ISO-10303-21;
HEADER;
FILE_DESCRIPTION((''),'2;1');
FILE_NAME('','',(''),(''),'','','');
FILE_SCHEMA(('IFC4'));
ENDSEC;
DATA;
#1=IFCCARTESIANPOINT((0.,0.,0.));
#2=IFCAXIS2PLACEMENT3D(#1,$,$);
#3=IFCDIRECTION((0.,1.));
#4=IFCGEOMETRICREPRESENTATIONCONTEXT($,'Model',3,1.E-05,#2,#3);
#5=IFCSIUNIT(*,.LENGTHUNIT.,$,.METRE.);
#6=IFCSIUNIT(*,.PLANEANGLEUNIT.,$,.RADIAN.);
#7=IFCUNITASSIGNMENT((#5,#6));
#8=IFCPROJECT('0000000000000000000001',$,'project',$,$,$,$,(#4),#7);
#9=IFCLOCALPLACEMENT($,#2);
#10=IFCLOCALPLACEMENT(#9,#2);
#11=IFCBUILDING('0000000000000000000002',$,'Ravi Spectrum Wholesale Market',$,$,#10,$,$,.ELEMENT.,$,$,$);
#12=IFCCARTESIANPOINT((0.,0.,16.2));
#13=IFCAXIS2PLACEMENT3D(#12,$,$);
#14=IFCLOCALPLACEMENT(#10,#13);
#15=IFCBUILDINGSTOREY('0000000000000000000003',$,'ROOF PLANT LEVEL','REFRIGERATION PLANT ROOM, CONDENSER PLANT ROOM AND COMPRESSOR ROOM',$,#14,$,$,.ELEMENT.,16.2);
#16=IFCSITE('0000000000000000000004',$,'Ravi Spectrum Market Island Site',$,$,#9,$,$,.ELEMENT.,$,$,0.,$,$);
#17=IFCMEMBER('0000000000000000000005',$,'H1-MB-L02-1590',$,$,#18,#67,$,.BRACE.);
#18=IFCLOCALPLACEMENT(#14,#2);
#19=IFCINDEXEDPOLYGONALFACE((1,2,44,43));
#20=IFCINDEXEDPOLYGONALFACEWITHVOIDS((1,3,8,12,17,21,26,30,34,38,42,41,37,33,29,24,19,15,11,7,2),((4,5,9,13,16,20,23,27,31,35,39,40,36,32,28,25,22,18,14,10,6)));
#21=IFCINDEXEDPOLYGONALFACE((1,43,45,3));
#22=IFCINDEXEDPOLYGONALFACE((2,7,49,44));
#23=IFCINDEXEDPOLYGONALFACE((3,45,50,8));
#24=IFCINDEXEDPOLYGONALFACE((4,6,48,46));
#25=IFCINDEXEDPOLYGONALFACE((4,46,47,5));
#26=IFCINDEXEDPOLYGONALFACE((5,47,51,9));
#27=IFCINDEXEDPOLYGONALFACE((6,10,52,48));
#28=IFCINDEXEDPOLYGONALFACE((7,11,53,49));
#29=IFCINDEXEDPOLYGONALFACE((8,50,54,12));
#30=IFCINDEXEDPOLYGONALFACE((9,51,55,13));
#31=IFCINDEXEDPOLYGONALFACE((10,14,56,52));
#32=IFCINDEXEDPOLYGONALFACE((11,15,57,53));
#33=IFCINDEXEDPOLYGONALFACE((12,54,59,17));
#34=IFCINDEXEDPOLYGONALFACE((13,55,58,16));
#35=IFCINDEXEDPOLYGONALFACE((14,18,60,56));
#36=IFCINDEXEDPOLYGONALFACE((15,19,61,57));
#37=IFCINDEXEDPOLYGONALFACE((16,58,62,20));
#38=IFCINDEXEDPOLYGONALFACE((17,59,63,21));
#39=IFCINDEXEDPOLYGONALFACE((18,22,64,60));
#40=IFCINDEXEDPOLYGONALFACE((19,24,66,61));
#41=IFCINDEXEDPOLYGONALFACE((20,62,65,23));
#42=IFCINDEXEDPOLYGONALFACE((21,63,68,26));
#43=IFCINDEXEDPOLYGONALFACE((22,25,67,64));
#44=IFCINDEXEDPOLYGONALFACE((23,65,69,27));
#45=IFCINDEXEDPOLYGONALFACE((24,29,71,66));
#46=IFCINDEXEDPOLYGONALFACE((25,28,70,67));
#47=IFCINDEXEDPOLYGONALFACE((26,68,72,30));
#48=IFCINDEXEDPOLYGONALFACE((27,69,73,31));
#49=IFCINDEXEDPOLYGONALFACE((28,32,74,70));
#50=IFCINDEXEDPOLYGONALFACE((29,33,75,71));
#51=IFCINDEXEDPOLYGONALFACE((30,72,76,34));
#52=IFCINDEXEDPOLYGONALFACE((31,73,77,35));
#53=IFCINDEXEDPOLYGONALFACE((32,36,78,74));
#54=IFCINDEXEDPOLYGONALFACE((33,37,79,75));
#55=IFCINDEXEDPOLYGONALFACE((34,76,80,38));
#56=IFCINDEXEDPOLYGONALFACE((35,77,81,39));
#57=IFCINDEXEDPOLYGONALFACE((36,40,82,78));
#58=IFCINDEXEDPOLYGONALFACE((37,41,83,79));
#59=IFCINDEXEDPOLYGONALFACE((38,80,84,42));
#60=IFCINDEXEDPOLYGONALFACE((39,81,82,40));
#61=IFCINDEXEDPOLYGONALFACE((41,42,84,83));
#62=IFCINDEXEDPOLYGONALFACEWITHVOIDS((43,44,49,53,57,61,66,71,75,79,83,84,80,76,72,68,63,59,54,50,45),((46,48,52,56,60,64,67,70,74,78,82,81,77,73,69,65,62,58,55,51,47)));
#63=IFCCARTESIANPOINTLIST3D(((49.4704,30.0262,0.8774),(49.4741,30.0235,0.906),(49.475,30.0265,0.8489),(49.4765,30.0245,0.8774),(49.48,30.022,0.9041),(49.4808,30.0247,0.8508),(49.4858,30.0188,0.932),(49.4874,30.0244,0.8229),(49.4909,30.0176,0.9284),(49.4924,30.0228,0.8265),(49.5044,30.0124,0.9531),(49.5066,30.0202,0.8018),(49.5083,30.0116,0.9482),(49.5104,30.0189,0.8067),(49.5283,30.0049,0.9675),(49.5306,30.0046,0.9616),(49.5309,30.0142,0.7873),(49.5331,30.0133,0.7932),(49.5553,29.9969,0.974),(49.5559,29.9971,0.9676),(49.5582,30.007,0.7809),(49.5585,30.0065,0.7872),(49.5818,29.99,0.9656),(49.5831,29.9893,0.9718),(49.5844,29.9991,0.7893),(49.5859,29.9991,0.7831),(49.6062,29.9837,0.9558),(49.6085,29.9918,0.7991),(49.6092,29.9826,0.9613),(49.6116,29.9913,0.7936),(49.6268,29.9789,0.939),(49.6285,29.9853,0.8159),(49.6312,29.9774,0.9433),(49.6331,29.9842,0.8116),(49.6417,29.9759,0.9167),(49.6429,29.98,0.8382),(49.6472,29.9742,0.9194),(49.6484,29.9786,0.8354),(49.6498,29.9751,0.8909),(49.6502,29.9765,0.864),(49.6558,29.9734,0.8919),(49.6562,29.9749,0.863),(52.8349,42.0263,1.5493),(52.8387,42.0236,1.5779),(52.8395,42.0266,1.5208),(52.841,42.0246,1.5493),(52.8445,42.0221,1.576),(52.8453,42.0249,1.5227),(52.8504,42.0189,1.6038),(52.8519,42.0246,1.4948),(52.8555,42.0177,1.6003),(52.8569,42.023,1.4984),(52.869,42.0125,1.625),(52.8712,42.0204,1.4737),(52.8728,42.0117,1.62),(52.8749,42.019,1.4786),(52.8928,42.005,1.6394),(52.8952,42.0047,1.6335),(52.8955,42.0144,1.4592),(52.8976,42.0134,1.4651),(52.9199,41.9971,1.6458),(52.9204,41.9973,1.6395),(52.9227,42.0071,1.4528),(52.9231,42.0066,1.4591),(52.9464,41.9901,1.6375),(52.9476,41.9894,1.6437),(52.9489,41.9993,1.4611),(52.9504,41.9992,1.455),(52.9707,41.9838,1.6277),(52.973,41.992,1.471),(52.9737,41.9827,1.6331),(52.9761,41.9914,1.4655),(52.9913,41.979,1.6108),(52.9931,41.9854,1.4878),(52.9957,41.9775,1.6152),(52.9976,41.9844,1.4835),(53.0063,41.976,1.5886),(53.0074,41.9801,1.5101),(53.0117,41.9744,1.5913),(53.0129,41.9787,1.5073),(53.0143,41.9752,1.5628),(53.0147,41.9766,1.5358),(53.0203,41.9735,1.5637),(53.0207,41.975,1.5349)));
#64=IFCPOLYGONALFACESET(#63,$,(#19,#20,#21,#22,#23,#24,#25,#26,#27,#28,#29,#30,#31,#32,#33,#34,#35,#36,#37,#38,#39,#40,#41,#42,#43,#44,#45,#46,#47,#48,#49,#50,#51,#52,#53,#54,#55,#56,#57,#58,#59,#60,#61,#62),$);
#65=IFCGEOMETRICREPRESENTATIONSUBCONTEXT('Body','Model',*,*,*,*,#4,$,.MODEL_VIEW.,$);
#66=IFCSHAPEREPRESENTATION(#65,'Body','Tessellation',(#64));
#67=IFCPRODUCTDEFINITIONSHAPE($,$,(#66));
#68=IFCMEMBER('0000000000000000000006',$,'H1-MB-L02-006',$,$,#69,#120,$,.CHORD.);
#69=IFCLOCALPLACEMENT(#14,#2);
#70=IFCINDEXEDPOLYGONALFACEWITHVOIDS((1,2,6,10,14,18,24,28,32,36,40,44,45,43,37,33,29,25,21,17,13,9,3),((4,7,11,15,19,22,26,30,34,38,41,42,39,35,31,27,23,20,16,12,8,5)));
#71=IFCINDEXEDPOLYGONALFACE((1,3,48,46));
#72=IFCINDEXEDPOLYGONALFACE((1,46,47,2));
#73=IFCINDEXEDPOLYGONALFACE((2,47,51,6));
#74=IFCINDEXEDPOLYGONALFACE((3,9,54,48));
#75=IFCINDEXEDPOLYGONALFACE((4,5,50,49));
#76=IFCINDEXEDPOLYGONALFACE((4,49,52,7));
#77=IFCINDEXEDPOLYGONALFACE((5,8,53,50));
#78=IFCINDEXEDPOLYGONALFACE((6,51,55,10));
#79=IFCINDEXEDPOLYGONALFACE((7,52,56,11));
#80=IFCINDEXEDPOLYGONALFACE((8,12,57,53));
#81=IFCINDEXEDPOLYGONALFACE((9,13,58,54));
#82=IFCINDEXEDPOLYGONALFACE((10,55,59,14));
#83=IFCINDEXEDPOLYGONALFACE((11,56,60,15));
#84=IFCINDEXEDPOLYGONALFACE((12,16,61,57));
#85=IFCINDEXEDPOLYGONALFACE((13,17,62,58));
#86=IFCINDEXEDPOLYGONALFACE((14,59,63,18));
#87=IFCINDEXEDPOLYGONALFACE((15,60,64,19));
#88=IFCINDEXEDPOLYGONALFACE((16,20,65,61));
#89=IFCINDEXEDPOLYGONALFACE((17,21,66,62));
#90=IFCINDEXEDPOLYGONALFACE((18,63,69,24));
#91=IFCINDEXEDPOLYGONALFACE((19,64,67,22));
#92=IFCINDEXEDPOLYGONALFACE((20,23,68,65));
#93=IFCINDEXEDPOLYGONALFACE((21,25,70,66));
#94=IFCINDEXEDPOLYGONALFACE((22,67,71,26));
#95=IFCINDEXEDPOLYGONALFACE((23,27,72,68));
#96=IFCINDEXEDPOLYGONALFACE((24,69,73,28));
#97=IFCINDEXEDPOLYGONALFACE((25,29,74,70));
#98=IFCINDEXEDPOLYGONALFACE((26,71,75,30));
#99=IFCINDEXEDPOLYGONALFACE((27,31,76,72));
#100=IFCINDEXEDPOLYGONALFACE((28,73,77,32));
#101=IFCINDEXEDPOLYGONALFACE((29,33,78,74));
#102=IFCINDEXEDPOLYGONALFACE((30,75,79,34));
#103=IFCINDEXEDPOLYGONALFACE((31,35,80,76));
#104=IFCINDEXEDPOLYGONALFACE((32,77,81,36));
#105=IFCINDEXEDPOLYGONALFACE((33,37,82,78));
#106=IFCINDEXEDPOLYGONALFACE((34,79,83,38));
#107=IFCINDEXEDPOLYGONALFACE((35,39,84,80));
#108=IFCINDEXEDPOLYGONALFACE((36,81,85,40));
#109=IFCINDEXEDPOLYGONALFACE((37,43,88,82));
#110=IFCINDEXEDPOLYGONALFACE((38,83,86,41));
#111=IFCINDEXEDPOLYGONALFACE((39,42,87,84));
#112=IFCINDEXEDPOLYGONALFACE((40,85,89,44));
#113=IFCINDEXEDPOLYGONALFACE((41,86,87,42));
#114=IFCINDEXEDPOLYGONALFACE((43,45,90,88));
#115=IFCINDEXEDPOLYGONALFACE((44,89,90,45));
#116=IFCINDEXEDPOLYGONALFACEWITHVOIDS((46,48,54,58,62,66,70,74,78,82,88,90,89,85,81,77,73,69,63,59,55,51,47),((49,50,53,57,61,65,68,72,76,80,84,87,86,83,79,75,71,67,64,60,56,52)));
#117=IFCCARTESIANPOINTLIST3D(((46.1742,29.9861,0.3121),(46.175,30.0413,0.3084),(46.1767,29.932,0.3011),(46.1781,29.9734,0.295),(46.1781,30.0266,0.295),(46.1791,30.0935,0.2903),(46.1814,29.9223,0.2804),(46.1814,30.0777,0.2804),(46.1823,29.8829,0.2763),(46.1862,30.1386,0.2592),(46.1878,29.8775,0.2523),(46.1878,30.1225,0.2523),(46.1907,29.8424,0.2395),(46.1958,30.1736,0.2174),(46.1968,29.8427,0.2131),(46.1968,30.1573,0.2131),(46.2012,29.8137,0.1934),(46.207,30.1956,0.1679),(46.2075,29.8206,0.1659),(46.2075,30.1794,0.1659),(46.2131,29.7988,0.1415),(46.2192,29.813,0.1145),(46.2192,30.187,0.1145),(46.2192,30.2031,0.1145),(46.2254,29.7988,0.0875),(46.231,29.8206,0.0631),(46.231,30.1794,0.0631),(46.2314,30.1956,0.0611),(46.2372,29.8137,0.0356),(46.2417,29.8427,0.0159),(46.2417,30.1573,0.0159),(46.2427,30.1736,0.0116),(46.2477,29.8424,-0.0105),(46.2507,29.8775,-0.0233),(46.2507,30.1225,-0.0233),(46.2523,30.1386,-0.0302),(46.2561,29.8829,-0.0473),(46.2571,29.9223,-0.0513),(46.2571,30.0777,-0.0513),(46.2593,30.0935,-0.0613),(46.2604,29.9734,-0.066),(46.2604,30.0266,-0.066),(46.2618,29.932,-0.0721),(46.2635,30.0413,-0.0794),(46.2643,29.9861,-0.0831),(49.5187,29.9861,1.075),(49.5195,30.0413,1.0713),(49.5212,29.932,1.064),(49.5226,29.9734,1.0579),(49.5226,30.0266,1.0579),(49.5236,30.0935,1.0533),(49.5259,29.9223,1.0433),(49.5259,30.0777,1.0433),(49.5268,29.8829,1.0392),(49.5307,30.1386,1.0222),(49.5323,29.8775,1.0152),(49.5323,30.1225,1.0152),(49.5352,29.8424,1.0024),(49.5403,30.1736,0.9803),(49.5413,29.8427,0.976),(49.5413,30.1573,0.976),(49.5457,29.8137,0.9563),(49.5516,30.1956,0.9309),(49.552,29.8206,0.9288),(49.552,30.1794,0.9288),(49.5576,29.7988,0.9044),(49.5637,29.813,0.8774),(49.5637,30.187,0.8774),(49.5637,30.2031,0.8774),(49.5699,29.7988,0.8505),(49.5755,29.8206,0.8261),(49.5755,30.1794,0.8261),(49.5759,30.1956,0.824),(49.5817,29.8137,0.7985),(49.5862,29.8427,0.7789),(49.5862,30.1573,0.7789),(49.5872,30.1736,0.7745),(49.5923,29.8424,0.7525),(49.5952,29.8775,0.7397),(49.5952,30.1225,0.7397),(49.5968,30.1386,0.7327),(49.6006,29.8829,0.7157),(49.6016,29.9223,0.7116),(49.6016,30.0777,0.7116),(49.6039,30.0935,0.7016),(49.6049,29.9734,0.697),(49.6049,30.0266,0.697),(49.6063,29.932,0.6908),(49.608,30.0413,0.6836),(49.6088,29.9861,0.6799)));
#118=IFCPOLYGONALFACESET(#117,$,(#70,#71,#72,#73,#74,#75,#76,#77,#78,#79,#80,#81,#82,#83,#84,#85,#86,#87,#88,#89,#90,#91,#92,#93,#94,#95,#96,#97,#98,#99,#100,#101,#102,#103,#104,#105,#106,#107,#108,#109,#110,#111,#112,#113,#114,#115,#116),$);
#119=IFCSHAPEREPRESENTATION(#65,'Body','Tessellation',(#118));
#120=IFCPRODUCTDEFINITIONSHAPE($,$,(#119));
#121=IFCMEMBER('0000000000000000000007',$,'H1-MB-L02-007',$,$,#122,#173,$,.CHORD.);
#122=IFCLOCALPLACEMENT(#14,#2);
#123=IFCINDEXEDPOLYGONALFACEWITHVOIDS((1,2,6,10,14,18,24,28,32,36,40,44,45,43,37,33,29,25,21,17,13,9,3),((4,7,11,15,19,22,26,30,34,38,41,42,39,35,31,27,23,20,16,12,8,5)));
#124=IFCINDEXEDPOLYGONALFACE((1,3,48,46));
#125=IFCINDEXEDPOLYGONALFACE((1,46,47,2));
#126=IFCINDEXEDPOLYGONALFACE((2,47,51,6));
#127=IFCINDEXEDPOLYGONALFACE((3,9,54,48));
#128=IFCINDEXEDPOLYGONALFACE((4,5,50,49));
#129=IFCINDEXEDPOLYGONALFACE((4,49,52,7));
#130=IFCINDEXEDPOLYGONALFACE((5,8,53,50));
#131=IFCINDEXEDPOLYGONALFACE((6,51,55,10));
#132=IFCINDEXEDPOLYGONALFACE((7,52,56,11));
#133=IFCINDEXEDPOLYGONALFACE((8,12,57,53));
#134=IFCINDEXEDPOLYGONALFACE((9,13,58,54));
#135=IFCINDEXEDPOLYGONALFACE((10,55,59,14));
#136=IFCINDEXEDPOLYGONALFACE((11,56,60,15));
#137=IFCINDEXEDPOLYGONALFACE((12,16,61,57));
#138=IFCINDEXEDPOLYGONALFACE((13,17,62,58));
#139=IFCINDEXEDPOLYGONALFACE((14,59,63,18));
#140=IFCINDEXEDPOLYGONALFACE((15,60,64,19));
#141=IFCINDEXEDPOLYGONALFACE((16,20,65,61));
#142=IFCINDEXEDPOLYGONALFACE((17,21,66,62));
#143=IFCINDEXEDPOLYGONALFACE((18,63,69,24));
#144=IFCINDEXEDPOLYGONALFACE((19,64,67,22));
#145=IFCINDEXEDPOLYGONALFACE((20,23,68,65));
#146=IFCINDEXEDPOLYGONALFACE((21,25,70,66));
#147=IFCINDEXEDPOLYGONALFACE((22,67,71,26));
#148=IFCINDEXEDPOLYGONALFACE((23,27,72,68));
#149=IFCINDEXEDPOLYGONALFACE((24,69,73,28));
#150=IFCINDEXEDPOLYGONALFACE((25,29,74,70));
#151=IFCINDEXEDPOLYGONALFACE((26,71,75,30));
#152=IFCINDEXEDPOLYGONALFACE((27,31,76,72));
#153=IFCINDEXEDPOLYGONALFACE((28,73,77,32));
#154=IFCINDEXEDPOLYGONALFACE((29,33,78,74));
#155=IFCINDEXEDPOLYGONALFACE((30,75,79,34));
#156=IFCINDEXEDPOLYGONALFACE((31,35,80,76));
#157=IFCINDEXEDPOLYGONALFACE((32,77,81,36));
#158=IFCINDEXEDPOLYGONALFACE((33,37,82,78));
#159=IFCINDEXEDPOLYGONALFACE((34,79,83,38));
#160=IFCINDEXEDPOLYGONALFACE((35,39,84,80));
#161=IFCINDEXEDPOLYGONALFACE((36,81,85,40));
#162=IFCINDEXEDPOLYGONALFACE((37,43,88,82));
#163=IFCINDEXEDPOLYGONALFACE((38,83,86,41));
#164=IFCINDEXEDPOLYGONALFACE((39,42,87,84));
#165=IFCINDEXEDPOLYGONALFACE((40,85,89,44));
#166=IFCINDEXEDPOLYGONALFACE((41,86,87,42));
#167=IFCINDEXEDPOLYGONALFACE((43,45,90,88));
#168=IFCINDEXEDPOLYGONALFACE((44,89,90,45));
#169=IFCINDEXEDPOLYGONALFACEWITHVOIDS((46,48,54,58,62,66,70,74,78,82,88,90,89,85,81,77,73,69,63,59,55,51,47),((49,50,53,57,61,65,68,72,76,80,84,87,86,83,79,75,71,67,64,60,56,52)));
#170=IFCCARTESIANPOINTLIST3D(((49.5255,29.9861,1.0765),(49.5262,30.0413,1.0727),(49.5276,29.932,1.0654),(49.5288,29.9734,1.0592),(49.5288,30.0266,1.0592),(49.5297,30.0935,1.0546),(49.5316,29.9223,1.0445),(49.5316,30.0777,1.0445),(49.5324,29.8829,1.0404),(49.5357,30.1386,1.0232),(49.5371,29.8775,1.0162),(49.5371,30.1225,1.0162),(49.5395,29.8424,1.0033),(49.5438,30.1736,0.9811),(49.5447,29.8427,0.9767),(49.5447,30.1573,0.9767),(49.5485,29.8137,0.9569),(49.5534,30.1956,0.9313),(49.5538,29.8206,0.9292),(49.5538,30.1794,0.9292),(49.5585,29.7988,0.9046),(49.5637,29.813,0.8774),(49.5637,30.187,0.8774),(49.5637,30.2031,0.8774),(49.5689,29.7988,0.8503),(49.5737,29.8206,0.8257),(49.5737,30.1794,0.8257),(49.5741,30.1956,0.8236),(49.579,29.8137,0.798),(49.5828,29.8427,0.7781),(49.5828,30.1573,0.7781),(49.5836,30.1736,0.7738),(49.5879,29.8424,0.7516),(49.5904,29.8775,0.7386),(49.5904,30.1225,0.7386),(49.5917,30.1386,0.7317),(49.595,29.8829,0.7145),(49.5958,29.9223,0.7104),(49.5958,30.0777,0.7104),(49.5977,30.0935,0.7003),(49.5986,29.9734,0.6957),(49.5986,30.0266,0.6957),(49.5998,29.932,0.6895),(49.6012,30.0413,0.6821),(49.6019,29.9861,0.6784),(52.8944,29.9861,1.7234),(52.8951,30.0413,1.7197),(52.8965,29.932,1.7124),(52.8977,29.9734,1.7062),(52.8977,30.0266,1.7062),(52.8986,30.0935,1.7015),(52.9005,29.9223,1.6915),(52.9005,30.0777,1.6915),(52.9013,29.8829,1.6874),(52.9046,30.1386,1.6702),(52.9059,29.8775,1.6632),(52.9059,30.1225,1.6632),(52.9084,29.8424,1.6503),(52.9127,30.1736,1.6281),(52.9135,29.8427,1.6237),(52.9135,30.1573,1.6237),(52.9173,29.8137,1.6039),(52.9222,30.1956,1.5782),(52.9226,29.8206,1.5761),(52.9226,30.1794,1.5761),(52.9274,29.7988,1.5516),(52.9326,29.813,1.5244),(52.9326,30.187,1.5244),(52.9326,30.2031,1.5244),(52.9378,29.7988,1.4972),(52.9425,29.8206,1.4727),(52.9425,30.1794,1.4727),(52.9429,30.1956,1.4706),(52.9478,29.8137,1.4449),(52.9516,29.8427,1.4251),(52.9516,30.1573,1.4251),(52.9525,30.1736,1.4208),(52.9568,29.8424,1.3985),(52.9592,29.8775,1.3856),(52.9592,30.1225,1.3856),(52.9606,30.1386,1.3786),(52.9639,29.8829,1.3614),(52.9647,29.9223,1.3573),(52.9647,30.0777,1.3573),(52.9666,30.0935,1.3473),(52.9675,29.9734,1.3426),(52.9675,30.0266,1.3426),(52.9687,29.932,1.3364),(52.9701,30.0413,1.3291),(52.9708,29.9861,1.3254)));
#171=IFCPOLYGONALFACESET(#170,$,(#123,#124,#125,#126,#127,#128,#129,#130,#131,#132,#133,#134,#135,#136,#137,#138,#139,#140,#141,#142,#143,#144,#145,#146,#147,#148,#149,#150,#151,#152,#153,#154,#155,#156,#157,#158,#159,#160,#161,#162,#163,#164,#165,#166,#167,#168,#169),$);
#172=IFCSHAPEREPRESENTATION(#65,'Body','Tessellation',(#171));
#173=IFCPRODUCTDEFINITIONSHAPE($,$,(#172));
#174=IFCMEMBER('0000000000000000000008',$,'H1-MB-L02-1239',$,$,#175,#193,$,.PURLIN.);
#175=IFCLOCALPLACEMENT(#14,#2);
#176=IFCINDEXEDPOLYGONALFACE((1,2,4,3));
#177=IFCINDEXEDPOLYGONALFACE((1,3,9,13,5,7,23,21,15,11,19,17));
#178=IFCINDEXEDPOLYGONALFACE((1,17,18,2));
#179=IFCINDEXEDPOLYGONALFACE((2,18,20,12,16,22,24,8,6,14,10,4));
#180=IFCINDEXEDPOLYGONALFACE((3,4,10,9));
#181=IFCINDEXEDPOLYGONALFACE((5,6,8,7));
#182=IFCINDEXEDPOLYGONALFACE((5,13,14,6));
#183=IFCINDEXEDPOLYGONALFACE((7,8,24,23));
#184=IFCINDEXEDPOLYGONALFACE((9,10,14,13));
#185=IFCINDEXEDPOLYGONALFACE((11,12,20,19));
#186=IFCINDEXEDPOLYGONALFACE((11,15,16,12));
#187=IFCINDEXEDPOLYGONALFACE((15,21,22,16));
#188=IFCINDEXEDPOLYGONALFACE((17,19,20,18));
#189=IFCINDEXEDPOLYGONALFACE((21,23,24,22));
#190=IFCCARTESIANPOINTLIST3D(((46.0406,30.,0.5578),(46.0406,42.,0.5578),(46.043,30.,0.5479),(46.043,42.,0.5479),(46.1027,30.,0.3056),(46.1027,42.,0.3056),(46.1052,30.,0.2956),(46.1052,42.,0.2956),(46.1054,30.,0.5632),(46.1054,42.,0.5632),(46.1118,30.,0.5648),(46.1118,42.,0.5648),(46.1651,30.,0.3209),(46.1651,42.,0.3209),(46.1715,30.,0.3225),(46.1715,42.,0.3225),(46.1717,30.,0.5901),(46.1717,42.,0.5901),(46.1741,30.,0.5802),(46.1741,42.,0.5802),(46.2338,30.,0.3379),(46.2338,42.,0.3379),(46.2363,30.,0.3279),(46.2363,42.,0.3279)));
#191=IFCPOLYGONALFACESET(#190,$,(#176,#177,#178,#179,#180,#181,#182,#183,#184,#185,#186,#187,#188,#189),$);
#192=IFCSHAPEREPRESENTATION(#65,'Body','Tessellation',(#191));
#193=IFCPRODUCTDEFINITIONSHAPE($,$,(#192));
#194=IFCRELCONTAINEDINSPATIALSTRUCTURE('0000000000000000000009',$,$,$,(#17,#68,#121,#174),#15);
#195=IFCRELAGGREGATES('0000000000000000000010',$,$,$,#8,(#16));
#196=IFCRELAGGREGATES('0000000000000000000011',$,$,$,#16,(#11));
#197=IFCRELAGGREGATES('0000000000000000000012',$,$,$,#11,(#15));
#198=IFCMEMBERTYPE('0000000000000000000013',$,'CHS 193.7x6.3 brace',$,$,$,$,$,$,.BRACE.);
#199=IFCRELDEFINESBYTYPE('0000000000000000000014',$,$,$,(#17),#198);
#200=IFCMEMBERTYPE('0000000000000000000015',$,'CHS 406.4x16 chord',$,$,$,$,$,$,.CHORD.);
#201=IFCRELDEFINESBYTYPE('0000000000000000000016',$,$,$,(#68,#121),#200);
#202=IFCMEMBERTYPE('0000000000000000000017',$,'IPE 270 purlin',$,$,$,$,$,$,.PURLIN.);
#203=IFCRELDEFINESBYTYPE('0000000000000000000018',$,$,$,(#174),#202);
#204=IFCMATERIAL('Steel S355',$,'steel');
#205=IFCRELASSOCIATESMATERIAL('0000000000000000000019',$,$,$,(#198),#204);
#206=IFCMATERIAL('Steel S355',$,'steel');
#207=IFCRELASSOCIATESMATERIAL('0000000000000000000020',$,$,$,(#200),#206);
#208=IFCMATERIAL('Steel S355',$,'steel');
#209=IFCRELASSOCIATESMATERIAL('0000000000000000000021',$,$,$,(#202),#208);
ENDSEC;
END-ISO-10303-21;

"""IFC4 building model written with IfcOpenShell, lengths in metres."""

from ifc_helpers import new_model, si_unit, direction, frame, origin, origin_2d, place, context, subcontext, project, spatial, hollow_circle, i_section, extrude, material, material_profile, profile_set, type_object, element, save


model = new_model("IFC4")

# Units and contexts
model_context = context("Model", 3, precision=1e-05, world=origin(), true_north=direction((0.0, 1.0)))
body_context = subcontext(model_context, "Body", "Model", "MODEL_VIEW")
ifc_project = project(units=[si_unit("LENGTHUNIT", "METRE"), si_unit("PLANEANGLEUNIT", "RADIAN")], contexts=[model_context])

# Site, building, storey
site_placement = place(None, origin())
site = spatial("IfcSite", under=ifc_project, at=site_placement, Name="Ravi Spectrum Market Island Site", CompositionType="ELEMENT", RefElevation=0.0)
building_placement = place(site_placement, origin())
building = spatial("IfcBuilding", under=site, at=building_placement, Name="Ravi Spectrum Wholesale Market", CompositionType="ELEMENT")
storey_placement = place(building_placement, frame((0.0, 0.0, 16.2)))
storey = spatial("IfcBuildingStorey", under=building, at=storey_placement, Name="ROOF PLANT LEVEL", Description="REFRIGERATION PLANT ROOM, CONDENSER PLANT ROOM AND COMPRESSOR ROOM", CompositionType="ELEMENT", Elevation=16.2)

# Members
ifc_material_1 = material(Name="Steel S355", Category="steel")
ifc_material_profile_1 = material_profile(ifc_material_1, hollow_circle(Radius=0.0969, WallThickness=0.0063, at=origin_2d()))
ifc_profile_set_1 = profile_set([ifc_material_profile_1], Name="Steel S355")
member_type_1 = type_object("IfcMemberType", Name="CHS 193.7x6.3 brace", PredefinedType="BRACE", material=ifc_profile_set_1)
member_placement = place(storey_placement, frame((49.5637, 30.0, 0.8774), z_axis=(0.269573, 0.961474, 0.053833), x_axis=(-0.96287, 0.269965, 0.0)))
element("IfcMember", 1, at=member_placement, inside=storey, type_object=member_type_1, Name="H1-MB-L02-1590", PredefinedType="BRACE", context=body_context, shape_type="SweptSolid", body=[
    extrude(hollow_circle(Radius=0.0969, WallThickness=0.0063, at=origin_2d()), origin(), (0.0, 0.0, 1.0), 12.481),
])
ifc_material_2 = material(Name="Steel S355", Category="steel")
ifc_material_profile_2 = material_profile(ifc_material_2, hollow_circle(Radius=0.2031, WallThickness=0.0161, at=origin_2d()))
ifc_profile_set_2 = profile_set([ifc_material_profile_2], Name="Steel S355")
member_type_2 = type_object("IfcMemberType", Name="CHS 406.4x16 chord", PredefinedType="CHORD", material=ifc_profile_set_2)
for number, where, z_axis, x_axis, name in (
    (2, (46.2192, 30.0, 0.1145), (0.974954, 0.0, 0.222405), (0.0, 1.0, 0.0), "H1-MB-L02-006"),
    (3, (49.5637, 30.0, 0.8774), (0.982055, 0.0, 0.188597), (0.0, 1.0, 0.0), "H1-MB-L02-007"),
):
    element("IfcMember", number, at=place(storey_placement, frame(where, z_axis=z_axis, x_axis=x_axis)), inside=storey, type_object=member_type_2, Name=name, PredefinedType="CHORD", context=body_context, shape_type="SweptSolid", body=[
        extrude(hollow_circle(Radius=0.2031, WallThickness=0.0161, at=origin_2d()), origin(), (0.0, 0.0, 1.0), 3.4304),
    ])
ifc_material_3 = material(Name="Steel S355", Category="steel")
ifc_material_profile_3 = material_profile(ifc_material_3, i_section(OverallWidth=0.135, OverallDepth=0.27, WebThickness=0.0066, FlangeThickness=0.0103, at=origin_2d()))
ifc_profile_set_3 = profile_set([ifc_material_profile_3], Name="Steel S355")
member_type_3 = type_object("IfcMemberType", Name="IPE 270 purlin", PredefinedType="PURLIN", material=ifc_profile_set_3)
for number, where, z_axis, x_axis, name in (
    (4, (46.1384, 30.0, 0.4429), (0.0, 1.0, 0.0), (-0.970983, 0.0, -0.239151), "H1-MB-L02-1239"),
):
    element("IfcMember", number, at=place(storey_placement, frame(where, z_axis=z_axis, x_axis=x_axis)), inside=storey, type_object=member_type_3, Name=name, PredefinedType="PURLIN", context=body_context, shape_type="SweptSolid", body=[
        extrude(i_section(OverallWidth=0.135, OverallDepth=0.27, WebThickness=0.0066, FlangeThickness=0.0103, at=origin_2d()), origin(), (0.0, 0.0, 1.0), 12.0),
    ])

save(model, "model.ifc")
